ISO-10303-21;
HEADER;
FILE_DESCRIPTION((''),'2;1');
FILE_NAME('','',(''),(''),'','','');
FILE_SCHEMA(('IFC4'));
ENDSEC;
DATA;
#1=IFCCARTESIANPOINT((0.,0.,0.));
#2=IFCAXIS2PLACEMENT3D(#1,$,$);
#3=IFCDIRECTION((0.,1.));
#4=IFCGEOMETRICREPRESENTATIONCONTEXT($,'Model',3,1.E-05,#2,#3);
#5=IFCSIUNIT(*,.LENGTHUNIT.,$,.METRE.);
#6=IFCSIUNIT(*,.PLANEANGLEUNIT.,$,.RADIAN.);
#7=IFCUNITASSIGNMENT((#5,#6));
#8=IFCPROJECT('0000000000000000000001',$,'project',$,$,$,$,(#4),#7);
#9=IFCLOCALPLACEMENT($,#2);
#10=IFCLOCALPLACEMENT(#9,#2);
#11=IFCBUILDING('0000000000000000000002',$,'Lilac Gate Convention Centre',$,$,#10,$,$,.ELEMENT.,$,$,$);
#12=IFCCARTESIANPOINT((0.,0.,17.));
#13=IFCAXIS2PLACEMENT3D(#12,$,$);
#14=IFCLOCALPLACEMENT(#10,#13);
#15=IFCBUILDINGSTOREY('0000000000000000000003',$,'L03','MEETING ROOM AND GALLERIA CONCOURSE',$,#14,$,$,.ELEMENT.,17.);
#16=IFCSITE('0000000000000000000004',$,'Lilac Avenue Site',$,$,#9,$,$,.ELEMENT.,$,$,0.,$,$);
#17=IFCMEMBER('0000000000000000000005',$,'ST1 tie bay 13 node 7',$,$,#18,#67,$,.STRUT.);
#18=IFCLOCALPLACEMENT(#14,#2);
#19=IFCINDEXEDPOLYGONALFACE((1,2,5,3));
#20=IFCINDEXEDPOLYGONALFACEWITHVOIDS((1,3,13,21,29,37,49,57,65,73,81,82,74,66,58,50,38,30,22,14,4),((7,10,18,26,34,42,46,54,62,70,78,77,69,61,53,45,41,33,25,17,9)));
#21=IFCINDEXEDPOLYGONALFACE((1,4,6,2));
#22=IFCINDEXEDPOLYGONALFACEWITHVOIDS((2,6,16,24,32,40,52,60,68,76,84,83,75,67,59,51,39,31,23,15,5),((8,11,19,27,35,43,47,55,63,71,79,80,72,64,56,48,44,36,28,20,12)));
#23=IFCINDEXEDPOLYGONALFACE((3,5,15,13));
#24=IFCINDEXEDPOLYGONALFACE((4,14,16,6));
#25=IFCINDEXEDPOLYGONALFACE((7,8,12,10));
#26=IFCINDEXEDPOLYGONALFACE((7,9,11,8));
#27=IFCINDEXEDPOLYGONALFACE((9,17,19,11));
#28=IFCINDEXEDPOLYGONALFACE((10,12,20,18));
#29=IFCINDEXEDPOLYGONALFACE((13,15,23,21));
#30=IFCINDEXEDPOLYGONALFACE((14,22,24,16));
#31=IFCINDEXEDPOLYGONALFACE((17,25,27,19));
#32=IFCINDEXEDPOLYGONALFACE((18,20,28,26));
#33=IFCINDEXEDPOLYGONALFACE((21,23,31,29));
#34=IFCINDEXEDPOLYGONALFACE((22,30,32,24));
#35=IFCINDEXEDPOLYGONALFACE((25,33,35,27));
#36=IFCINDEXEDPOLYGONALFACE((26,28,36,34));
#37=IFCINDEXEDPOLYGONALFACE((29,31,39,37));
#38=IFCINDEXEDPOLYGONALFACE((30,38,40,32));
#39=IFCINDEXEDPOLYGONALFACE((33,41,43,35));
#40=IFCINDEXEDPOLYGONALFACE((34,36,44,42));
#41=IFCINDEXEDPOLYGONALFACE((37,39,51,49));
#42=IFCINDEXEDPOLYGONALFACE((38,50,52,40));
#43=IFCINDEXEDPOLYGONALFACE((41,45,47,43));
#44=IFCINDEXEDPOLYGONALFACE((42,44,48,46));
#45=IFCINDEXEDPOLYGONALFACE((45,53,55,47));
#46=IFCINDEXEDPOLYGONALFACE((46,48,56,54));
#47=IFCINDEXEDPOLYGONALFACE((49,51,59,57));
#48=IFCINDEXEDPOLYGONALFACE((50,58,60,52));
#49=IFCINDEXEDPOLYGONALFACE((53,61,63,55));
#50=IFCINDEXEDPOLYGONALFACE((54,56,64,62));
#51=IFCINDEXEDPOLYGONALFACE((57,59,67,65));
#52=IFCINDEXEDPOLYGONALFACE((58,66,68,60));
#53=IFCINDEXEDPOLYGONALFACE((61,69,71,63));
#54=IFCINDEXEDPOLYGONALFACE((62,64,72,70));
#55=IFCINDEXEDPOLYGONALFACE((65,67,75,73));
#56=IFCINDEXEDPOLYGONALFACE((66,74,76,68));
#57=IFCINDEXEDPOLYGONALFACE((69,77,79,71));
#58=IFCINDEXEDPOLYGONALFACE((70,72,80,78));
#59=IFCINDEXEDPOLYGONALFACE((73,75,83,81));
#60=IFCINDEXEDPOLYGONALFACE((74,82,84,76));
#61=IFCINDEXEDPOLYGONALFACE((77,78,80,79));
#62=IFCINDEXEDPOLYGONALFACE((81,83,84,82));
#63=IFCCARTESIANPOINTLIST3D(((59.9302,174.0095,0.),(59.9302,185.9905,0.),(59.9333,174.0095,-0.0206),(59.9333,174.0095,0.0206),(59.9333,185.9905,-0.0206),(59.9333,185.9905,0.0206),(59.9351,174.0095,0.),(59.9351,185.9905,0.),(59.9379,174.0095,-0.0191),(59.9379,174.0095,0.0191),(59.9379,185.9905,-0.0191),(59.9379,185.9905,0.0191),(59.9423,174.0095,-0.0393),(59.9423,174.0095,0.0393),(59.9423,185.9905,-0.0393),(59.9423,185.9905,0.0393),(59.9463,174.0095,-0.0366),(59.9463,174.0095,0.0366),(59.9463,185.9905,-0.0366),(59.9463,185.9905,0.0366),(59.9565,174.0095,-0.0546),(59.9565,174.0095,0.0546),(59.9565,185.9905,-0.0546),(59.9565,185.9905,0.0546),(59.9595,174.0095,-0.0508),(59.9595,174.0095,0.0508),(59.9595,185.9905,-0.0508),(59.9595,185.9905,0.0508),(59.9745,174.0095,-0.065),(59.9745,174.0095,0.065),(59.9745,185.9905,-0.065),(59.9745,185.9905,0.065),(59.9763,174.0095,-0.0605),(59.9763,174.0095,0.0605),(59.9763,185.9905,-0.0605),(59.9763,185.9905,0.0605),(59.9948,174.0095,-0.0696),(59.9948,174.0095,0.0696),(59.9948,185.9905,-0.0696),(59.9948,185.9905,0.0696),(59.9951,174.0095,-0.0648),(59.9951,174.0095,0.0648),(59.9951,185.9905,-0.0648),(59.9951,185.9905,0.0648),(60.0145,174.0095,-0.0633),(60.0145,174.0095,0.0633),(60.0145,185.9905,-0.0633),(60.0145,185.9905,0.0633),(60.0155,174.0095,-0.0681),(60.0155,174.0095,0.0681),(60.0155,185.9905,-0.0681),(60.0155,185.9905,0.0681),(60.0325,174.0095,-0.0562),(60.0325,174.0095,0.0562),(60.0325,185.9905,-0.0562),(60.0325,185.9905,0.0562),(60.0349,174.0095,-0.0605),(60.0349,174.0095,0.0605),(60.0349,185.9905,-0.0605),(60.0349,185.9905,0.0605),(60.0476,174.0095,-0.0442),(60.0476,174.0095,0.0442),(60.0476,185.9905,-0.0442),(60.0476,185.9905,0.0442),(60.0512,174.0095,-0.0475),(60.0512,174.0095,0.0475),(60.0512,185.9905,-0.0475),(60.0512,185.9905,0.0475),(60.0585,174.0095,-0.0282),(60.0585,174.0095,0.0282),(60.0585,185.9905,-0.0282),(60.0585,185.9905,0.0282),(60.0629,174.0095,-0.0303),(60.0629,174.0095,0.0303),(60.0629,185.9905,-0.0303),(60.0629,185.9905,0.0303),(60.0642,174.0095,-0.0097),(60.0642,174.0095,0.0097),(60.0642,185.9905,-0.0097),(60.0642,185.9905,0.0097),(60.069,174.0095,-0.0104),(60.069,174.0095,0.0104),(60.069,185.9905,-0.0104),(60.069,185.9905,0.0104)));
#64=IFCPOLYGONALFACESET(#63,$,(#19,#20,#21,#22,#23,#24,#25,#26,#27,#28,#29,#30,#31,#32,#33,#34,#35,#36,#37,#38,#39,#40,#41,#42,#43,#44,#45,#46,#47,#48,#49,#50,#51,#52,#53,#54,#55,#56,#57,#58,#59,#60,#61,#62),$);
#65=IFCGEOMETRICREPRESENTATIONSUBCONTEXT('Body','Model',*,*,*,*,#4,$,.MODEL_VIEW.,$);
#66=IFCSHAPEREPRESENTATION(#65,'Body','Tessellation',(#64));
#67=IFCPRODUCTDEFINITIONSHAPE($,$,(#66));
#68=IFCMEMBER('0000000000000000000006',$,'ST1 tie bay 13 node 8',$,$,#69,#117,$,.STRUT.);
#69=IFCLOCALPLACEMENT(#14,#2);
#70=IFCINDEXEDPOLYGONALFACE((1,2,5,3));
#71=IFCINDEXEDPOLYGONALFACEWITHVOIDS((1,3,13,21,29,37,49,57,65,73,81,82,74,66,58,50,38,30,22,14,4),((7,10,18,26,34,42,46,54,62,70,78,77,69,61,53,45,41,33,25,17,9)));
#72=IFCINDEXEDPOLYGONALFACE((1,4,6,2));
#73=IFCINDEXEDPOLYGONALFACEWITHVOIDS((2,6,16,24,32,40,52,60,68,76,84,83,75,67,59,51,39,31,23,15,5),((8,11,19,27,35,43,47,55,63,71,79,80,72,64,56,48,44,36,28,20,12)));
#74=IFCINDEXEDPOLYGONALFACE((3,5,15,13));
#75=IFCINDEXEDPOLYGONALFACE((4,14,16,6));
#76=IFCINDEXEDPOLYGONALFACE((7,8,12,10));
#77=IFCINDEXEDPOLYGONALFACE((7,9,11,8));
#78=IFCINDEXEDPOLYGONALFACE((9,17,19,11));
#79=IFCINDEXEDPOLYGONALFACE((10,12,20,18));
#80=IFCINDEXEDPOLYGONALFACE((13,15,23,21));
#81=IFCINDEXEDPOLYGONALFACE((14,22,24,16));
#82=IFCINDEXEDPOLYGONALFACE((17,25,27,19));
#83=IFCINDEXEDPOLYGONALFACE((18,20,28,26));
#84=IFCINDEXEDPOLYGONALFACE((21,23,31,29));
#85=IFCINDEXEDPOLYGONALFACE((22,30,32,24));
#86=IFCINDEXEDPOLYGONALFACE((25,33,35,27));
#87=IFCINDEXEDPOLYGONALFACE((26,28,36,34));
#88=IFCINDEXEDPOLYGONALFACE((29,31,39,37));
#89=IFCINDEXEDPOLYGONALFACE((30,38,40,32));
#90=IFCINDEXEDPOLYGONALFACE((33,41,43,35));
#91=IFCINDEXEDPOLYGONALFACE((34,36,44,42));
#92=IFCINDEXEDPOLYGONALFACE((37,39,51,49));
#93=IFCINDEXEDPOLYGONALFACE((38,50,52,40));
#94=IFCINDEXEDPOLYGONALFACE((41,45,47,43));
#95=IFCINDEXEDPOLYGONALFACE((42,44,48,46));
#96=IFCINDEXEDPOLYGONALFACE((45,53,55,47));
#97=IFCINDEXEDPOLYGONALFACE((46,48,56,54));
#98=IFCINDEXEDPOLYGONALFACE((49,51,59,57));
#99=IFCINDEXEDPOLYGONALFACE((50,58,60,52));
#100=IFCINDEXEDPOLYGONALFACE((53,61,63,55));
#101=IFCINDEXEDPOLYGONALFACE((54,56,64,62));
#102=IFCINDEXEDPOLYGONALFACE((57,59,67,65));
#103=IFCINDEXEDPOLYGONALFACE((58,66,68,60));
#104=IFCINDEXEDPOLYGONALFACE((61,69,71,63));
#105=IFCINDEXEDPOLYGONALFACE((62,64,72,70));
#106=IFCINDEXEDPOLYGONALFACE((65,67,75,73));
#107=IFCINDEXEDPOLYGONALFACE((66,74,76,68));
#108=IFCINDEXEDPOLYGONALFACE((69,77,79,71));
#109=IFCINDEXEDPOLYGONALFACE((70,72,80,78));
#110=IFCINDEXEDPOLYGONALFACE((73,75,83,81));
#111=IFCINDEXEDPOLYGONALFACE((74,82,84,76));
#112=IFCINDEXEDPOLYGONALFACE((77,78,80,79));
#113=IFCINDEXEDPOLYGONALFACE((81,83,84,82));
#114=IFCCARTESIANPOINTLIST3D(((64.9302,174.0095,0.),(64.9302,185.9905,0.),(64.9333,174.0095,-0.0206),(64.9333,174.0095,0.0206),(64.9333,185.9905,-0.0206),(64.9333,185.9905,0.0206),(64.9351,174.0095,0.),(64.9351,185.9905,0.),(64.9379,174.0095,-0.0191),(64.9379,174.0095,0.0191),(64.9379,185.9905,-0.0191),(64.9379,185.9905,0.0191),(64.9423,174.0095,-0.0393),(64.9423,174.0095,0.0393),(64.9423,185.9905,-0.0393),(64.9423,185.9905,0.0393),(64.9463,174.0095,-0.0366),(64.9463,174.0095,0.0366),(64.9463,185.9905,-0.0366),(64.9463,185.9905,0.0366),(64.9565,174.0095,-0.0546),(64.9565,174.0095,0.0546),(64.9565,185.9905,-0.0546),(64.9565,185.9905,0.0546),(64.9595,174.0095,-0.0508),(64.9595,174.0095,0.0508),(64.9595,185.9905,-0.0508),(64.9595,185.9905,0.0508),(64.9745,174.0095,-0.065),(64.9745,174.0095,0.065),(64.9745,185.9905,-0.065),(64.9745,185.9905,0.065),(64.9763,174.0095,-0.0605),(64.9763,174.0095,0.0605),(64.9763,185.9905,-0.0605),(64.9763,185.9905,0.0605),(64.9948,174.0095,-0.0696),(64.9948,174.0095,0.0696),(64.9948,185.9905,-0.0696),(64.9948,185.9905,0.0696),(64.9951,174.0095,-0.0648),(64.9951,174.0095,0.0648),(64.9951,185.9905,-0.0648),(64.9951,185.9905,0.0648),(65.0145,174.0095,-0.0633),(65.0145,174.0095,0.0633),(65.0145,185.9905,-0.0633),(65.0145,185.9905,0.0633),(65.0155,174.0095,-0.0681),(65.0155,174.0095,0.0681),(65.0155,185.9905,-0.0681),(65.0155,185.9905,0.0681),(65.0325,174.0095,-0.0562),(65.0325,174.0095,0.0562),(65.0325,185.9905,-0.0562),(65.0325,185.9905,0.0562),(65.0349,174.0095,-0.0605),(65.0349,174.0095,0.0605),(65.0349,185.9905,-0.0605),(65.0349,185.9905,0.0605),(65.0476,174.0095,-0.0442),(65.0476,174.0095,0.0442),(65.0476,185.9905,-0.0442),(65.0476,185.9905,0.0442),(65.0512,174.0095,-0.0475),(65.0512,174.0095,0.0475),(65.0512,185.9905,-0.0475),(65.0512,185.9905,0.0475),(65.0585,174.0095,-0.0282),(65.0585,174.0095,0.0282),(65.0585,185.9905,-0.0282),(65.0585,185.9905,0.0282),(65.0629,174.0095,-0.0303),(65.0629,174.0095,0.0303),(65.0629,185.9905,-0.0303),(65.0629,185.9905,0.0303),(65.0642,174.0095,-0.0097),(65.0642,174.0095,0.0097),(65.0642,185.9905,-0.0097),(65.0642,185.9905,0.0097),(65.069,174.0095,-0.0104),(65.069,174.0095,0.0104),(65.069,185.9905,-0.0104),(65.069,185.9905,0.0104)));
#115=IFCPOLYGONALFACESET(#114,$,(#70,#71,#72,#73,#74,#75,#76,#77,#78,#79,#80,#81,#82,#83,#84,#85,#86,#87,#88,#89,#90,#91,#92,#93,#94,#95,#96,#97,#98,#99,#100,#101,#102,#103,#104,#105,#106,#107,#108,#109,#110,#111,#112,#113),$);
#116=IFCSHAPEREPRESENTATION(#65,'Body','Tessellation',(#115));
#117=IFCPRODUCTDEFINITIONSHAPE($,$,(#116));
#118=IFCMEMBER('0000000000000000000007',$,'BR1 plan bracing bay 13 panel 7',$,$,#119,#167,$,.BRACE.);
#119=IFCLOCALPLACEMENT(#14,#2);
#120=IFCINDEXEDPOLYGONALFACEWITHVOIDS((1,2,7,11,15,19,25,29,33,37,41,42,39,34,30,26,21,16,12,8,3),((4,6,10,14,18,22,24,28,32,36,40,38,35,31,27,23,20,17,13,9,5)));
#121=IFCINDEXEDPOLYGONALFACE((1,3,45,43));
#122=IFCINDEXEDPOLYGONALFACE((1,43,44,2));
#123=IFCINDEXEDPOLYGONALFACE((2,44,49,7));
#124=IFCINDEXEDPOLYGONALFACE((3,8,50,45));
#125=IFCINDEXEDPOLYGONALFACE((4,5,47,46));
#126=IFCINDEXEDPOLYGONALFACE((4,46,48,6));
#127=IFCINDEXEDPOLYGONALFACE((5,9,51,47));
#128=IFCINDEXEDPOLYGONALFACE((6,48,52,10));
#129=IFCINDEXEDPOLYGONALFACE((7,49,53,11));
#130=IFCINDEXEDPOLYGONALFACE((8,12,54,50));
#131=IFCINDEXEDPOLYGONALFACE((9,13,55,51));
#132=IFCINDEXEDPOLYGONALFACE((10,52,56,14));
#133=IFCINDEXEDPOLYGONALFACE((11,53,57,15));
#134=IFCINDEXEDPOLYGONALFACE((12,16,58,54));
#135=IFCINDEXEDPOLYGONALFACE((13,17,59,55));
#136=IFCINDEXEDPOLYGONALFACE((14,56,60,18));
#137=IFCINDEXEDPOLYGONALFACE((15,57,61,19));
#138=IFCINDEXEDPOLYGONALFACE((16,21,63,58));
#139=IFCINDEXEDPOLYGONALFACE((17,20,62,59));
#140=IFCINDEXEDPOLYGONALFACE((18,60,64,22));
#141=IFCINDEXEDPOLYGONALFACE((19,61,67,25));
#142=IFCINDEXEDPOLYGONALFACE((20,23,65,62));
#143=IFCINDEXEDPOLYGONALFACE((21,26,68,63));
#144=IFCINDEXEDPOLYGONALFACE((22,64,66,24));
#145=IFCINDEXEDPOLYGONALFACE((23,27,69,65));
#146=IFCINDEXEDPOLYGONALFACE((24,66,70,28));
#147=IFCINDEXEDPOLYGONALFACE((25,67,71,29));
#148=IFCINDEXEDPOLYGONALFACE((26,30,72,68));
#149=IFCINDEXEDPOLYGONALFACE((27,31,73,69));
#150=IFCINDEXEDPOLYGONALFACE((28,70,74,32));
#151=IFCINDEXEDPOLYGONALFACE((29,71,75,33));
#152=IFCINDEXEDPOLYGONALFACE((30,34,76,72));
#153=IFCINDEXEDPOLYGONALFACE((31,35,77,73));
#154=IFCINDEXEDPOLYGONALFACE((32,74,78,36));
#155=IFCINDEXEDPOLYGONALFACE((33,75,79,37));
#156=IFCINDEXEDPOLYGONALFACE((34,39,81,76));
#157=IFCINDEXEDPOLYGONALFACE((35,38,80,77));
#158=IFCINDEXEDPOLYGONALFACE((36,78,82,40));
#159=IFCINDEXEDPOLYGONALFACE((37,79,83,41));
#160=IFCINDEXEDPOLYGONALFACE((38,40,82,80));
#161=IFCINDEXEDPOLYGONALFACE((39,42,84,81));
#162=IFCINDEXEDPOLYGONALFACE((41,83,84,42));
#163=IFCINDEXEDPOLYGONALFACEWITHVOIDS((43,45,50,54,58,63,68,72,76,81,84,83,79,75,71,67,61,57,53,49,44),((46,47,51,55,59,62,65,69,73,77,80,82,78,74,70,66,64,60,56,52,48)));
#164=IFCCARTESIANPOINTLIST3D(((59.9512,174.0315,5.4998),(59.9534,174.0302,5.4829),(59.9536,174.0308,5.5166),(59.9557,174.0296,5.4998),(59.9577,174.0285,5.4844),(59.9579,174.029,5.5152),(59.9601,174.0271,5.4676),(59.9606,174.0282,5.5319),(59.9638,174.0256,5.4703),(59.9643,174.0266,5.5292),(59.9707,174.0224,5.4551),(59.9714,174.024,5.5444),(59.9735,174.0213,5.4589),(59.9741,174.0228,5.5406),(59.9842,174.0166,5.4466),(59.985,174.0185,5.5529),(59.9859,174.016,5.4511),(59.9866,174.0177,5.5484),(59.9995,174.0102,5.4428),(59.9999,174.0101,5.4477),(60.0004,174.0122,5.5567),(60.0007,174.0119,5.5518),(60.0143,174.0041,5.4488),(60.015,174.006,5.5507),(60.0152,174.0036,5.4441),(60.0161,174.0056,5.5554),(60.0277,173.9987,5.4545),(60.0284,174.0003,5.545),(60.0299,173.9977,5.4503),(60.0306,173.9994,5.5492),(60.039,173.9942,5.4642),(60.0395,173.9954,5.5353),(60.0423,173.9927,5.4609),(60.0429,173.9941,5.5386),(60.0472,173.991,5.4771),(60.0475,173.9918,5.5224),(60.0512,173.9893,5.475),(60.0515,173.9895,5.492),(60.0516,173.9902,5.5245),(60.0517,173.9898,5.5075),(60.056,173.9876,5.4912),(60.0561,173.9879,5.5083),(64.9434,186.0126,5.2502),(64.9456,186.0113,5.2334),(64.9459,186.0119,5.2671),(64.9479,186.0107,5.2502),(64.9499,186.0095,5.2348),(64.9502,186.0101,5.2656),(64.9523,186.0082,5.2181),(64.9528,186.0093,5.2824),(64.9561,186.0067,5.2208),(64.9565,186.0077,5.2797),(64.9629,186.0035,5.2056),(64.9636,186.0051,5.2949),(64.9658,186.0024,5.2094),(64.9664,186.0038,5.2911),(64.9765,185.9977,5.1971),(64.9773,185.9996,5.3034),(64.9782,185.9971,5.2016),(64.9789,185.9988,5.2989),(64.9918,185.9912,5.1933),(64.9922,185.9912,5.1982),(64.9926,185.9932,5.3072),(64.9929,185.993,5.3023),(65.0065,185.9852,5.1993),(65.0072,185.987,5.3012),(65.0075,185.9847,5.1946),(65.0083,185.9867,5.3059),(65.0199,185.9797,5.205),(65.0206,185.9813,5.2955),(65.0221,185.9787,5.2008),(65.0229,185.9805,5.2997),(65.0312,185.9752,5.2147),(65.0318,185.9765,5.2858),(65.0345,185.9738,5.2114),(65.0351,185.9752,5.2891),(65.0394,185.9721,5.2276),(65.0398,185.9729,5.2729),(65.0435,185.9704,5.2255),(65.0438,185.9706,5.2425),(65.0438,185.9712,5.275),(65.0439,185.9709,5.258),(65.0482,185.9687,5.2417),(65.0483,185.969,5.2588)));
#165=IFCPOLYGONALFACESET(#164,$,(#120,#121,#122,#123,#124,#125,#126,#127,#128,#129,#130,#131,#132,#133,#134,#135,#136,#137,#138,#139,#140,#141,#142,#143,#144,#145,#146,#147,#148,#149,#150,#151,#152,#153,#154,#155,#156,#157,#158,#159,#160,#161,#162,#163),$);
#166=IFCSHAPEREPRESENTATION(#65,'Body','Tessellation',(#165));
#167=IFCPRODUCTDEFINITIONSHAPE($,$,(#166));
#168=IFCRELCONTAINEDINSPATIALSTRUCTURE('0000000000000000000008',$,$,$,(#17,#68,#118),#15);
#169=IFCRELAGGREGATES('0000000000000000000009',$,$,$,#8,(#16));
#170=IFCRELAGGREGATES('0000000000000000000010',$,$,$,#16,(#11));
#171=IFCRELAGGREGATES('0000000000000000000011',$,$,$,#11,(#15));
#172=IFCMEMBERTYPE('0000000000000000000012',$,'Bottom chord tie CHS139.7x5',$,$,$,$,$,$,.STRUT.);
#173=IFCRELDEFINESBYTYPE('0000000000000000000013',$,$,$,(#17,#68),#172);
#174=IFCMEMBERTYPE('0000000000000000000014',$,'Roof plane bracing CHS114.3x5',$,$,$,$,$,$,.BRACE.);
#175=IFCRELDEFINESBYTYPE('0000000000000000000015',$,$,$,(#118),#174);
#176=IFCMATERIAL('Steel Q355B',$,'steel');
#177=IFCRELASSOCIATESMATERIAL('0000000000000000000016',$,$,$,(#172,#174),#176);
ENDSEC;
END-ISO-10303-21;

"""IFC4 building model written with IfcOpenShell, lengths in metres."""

from ifc_helpers import new_model, si_unit, direction, frame, origin, origin_2d, place, context, subcontext, project, spatial, hollow_circle, extrude, material, material_profile, profile_set, type_object, element, save


model = new_model("IFC4")

# Units and contexts
model_context = context("Model", 3, precision=1e-05, world=origin(), true_north=direction((0.0, 1.0)))
body_context = subcontext(model_context, "Body", "Model", "MODEL_VIEW")
ifc_project = project(units=[si_unit("LENGTHUNIT", "METRE"), si_unit("PLANEANGLEUNIT", "RADIAN")], contexts=[model_context])

# Site, building, storey
site_placement = place(None, origin())
site = spatial("IfcSite", under=ifc_project, at=site_placement, Name="Lilac Avenue Site", CompositionType="ELEMENT", RefElevation=0.0)
building_placement = place(site_placement, origin())
building = spatial("IfcBuilding", under=site, at=building_placement, Name="Lilac Gate Convention Centre", CompositionType="ELEMENT")
storey_placement = place(building_placement, frame((0.0, 0.0, 17.0)))
storey = spatial("IfcBuildingStorey", under=building, at=storey_placement, Name="L03", Description="MEETING ROOM AND GALLERIA CONCOURSE", CompositionType="ELEMENT", Elevation=17.0)

# Members
ifc_material = material(Name="Steel Q355B", Category="steel")
ifc_material_profile_1 = material_profile(ifc_material, hollow_circle(Radius=0.0698, WallThickness=0.0049, at=origin_2d()), Name="CHS139.7x5")
ifc_profile_set_1 = profile_set([ifc_material_profile_1], Name="Steel Q355B")
member_type_1 = type_object("IfcMemberType", Name="Bottom chord tie CHS139.7x5", PredefinedType="STRUT", material=ifc_profile_set_1)
for number, where, z_axis, x_axis, name in (
    (1, (60.0, 174.0095, 0.0), (0.0, 1.0, 0.0), (-1.0, 0.0, 0.0), "ST1 tie bay 13 node 7"),
    (2, (65.0, 174.0095, 0.0), (0.0, 1.0, 0.0), (-1.0, 0.0, 0.0), "ST1 tie bay 13 node 8"),
):
    element("IfcMember", number, at=place(storey_placement, frame(where, z_axis=z_axis, x_axis=x_axis)), inside=storey, type_object=member_type_1, Name=name, PredefinedType="STRUT", context=body_context, shape_type="SweptSolid", body=[
        extrude(hollow_circle(Radius=0.0698, WallThickness=0.0049, at=origin_2d()), origin(), (0.0, 0.0, 1.0), 11.981),
    ])
ifc_material_profile_2 = material_profile(ifc_material, hollow_circle(Radius=0.0571, WallThickness=0.0049, at=origin_2d()), Name="CHS114.3x5")
ifc_profile_set_2 = profile_set([ifc_material_profile_2], Name="Steel Q355B")
member_type_2 = type_object("IfcMemberType", Name="Roof plane bracing CHS114.3x5", PredefinedType="BRACE", material=ifc_profile_set_2)
member_1_placement = place(storey_placement, frame((60.0039, 174.0095, 5.4998), z_axis=(0.384552, 0.922903, -0.01922), x_axis=(-0.923074, 0.384623, 0.0)))
element("IfcMember", 3, at=member_1_placement, inside=storey, type_object=member_type_2, Name="BR1 plan bracing bay 13 panel 7", PredefinedType="BRACE", context=body_context, shape_type="SweptSolid", body=[
    extrude(hollow_circle(Radius=0.0571, WallThickness=0.0049, at=origin_2d()), origin(), (0.0, 0.0, 1.0), 12.9819),
])

save(model, "model.ifc")
